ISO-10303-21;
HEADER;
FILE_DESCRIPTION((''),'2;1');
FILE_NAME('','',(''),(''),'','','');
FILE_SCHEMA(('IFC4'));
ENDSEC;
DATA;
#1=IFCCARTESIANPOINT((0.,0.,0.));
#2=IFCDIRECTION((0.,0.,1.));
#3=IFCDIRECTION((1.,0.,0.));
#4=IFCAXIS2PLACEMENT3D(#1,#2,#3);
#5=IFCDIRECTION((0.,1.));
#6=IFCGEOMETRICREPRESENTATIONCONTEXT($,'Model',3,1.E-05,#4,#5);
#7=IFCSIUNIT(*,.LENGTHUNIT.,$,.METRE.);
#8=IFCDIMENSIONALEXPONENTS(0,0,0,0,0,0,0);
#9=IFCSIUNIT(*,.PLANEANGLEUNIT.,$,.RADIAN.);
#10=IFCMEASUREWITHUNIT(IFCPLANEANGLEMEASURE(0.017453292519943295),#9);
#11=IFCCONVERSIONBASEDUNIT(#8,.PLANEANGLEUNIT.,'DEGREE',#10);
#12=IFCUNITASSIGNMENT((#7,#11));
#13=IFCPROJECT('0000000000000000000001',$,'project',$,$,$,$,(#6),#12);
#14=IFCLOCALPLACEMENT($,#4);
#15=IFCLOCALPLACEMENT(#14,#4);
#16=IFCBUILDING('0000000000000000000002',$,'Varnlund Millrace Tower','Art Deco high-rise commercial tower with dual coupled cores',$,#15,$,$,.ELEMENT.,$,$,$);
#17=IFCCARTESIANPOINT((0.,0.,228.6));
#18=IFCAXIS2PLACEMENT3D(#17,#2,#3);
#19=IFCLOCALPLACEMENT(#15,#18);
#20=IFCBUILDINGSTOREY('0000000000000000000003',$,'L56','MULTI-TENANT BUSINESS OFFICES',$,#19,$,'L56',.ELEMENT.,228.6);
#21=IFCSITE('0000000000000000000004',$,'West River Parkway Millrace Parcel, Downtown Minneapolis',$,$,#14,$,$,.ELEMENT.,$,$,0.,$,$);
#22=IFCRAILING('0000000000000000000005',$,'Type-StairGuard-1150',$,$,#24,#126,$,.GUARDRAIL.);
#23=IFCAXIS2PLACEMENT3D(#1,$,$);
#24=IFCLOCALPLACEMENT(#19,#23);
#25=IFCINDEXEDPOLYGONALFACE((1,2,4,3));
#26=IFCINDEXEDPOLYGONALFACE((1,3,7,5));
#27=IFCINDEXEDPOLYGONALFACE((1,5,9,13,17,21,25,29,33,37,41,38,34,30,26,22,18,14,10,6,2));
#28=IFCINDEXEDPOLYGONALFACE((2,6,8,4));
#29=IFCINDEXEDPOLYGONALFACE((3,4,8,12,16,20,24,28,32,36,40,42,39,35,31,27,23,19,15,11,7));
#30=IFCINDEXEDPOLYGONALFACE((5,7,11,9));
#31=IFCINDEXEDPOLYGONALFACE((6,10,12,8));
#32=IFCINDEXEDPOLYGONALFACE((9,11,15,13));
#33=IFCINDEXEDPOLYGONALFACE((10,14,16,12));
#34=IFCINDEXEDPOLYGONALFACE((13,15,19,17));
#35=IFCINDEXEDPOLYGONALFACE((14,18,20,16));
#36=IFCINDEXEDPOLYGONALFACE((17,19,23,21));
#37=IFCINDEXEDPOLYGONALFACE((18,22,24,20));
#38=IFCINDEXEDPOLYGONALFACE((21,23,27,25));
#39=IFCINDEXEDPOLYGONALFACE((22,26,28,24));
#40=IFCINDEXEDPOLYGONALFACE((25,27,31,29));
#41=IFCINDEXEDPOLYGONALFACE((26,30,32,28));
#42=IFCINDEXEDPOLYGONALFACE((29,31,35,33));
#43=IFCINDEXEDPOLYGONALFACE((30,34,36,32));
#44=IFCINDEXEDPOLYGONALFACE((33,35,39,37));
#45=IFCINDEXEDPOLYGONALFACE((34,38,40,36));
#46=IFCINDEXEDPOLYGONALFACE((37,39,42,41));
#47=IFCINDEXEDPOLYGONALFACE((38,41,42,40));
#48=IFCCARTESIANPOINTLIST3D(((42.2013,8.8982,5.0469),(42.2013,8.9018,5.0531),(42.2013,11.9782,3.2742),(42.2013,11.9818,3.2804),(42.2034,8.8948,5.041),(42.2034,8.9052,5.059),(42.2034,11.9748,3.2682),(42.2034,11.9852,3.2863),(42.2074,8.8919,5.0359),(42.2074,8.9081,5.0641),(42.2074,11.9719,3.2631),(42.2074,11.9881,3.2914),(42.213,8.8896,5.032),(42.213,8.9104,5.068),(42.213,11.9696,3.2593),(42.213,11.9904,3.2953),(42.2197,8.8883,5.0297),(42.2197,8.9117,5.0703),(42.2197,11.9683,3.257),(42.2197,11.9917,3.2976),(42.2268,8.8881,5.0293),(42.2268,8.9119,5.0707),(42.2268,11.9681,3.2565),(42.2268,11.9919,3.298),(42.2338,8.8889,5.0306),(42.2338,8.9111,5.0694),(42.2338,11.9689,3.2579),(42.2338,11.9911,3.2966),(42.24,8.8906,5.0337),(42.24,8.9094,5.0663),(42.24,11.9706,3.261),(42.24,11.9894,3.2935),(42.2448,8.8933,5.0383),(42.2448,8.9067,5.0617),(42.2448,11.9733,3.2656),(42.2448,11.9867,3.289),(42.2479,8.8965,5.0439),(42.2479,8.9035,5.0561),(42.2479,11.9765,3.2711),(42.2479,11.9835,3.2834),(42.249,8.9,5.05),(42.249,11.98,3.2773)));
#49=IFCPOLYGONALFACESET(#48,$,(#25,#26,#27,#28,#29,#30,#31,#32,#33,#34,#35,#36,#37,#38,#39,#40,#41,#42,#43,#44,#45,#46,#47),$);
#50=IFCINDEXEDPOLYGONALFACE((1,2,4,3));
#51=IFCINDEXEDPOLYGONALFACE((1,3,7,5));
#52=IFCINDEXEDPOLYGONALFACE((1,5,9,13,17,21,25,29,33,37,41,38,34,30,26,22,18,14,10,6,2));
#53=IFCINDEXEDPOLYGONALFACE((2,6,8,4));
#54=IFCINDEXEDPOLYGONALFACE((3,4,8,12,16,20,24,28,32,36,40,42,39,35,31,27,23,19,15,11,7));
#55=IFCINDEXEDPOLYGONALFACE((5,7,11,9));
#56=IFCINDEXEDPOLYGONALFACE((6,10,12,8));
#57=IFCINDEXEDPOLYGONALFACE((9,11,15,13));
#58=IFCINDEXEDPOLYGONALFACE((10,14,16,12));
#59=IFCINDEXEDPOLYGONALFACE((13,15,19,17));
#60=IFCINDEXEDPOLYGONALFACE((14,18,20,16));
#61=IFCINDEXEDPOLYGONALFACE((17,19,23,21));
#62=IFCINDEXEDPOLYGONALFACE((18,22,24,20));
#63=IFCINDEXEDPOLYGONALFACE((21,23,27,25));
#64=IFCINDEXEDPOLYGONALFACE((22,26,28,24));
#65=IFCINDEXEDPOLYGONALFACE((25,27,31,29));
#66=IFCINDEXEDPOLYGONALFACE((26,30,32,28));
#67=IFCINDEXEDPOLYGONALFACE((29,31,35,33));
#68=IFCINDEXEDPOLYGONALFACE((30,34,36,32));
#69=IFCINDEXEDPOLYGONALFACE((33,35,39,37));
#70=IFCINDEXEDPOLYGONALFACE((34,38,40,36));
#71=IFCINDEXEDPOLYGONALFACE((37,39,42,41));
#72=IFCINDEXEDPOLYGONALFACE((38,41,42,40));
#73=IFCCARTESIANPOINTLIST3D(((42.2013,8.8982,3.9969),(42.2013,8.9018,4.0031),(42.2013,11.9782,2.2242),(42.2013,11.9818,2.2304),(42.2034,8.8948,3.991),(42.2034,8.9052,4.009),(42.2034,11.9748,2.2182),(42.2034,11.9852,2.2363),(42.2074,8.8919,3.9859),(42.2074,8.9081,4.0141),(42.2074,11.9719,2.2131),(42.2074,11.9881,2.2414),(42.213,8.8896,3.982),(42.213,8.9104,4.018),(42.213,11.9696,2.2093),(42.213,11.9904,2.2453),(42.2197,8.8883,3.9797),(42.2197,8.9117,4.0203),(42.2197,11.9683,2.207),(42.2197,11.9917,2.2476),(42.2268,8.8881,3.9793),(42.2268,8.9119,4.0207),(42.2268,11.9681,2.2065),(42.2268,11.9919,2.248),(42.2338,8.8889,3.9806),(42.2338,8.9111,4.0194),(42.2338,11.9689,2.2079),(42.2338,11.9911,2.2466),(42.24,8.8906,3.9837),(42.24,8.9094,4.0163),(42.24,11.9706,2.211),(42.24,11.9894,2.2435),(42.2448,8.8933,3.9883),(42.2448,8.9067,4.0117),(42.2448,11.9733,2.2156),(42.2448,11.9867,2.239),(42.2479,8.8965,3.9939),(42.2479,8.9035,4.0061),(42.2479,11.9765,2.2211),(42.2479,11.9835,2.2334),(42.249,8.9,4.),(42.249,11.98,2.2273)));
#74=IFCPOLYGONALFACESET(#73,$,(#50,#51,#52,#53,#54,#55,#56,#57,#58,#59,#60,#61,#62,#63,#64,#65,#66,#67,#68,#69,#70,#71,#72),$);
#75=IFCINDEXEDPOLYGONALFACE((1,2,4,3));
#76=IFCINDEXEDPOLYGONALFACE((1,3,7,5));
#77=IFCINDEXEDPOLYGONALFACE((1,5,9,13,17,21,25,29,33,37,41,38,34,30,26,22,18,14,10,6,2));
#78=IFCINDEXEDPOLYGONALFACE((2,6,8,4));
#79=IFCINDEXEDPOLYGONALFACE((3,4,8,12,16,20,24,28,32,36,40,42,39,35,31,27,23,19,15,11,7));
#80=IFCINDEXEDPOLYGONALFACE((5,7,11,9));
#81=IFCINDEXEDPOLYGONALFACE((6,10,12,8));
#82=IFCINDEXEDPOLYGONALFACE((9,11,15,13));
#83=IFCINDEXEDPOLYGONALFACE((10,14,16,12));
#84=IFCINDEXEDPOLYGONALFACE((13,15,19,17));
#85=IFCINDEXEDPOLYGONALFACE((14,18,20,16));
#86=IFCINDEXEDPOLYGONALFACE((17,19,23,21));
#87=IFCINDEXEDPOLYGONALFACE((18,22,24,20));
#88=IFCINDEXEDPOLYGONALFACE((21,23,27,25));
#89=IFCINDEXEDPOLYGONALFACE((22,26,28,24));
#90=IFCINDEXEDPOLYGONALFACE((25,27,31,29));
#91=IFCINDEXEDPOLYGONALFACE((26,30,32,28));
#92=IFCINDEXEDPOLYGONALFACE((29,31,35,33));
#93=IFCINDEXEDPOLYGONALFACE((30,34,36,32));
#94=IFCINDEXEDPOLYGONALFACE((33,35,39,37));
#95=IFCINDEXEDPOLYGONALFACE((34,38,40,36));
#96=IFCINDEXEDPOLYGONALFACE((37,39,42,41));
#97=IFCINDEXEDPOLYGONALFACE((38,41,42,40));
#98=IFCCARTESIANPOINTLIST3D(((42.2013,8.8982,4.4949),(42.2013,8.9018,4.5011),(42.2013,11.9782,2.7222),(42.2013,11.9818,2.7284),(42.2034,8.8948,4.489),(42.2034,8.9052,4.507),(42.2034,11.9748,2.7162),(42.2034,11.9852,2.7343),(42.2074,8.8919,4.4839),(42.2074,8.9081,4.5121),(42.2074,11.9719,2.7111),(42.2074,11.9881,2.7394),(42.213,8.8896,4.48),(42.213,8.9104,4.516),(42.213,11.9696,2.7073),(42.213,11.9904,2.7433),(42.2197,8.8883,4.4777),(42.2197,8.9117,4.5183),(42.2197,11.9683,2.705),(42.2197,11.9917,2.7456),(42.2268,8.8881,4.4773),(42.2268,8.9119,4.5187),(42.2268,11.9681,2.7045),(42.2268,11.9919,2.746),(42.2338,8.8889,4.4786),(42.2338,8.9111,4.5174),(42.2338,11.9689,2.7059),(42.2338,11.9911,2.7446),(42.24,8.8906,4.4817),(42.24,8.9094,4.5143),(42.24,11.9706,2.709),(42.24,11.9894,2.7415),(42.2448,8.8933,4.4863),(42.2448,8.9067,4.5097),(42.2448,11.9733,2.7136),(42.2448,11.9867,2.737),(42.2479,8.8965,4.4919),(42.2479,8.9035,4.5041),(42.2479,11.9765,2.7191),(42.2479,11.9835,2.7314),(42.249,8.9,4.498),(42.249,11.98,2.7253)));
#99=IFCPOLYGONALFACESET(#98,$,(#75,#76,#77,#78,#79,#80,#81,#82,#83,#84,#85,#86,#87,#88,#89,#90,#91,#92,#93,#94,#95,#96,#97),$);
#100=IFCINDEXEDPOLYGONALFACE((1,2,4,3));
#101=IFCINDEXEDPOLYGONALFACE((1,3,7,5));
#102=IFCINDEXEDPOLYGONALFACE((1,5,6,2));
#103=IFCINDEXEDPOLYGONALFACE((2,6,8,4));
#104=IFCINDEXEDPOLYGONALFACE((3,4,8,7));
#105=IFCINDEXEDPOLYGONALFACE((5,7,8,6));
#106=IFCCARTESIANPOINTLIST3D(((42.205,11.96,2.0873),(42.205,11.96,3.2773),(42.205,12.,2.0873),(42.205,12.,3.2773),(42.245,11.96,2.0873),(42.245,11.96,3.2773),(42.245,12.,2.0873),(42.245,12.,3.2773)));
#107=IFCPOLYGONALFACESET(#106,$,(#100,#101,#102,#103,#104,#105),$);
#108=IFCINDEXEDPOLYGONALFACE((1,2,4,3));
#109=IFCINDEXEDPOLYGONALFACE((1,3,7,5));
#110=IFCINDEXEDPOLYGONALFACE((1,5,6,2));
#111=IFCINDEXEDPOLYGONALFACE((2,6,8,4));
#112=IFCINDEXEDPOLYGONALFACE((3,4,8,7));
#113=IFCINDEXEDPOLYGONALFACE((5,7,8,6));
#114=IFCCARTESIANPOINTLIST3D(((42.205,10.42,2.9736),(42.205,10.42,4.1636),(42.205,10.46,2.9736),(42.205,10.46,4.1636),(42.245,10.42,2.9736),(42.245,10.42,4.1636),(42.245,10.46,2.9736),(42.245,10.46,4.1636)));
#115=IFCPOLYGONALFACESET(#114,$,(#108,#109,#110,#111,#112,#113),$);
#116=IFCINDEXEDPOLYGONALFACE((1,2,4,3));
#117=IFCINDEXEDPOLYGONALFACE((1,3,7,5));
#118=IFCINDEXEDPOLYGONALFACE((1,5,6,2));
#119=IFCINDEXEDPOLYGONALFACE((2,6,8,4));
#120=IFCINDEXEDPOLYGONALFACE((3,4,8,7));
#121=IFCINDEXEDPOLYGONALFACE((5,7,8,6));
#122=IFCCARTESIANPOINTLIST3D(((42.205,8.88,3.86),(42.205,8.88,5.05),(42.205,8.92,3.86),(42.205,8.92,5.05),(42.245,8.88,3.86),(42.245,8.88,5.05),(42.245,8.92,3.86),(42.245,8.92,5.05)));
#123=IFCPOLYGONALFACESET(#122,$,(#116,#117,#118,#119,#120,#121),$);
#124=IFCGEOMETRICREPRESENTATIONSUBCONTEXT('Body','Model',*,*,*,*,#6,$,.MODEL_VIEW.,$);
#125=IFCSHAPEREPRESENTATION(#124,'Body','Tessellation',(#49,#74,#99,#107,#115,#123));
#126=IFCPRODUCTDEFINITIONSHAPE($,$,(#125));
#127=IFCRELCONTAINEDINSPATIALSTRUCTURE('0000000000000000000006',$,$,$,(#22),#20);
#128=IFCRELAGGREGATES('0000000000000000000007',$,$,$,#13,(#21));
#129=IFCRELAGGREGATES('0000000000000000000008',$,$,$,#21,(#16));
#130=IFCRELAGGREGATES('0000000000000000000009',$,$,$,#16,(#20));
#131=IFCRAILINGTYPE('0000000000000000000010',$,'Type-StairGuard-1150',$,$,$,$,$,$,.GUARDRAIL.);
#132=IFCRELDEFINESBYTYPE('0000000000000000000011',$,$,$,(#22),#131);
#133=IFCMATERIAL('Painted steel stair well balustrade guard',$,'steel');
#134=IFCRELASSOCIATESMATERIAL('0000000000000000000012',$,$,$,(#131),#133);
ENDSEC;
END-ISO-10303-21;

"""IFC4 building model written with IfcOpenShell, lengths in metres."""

from ifc_helpers import new_model, entity, si_unit, converted_unit, direction, frame, origin_with_axes, origin_2d_with_axis, place, context, subcontext, project, spatial, rectangle, circle, extrude, material, type_object, element, save


model = new_model("IFC4")

# Units and contexts
model_context = context("Model", 3, precision=1e-05, world=origin_with_axes(), true_north=direction((0.0, 1.0)))
body_context = subcontext(model_context, "Body", "Model", "MODEL_VIEW")
ifc_project = project(units=[si_unit("LENGTHUNIT", "METRE"), converted_unit("PLANEANGLEUNIT", "DEGREE", entity("IfcPlaneAngleMeasure", 0.017453292519943295), si_unit("PLANEANGLEUNIT", "RADIAN"), dimensions=[0, 0, 0, 0, 0, 0, 0])], contexts=[model_context])

# Site, building, storey
site_placement = place(None, origin_with_axes())
site = spatial("IfcSite", under=ifc_project, at=site_placement, Name="West River Parkway Millrace Parcel, Downtown Minneapolis", CompositionType="ELEMENT", RefElevation=0.0)
building_placement = place(site_placement, origin_with_axes())
building = spatial("IfcBuilding", under=site, at=building_placement, Name="Varnlund Millrace Tower", Description="Art Deco high-rise commercial tower with dual coupled cores", CompositionType="ELEMENT")
storey_placement = place(building_placement, frame((0.0, 0.0, 228.6), z_axis=(0.0, 0.0, 1.0), x_axis=(1.0, 0.0, 0.0)))
storey = spatial("IfcBuildingStorey", under=building, at=storey_placement, Name="L56", Description="MULTI-TENANT BUSINESS OFFICES", LongName="L56", CompositionType="ELEMENT", Elevation=228.6)

# Railing
ifc_material_1 = material(Name="Painted steel stair well balustrade guard", Category="steel")
railing_type_1 = type_object("IfcRailingType", Name="Type-StairGuard-1150", PredefinedType="GUARDRAIL", material=ifc_material_1)
railing_1_placement = place(storey_placement, frame((0.0, 0.0, -228.6), z_axis=(0.0, 0.0, 1.0), x_axis=(1.0, 0.0, 0.0)))
element("IfcRailing", 1, at=railing_1_placement, inside=storey, type_object=railing_type_1, Name="Type-StairGuard-1150", PredefinedType="GUARDRAIL", context=body_context, shape_type="SweptSolid", body=[
    extrude(circle(Radius=0.024, at=origin_2d_with_axis()), frame((42.225, 11.98, 231.8773), z_axis=(0.0, -0.866696, 0.498836), x_axis=(1.0, 0.0, 0.0)), (0.0, 0.0, 1.0), 3.5537),
    extrude(circle(Radius=0.024, at=origin_2d_with_axis()), frame((42.225, 11.98, 230.8273), z_axis=(0.0, -0.866696, 0.498836), x_axis=(1.0, 0.0, 0.0)), (0.0, 0.0, 1.0), 3.5537),
    extrude(circle(Radius=0.024, at=origin_2d_with_axis()), frame((42.225, 11.98, 231.3253), z_axis=(0.0, -0.866696, 0.498836), x_axis=(1.0, 0.0, 0.0)), (0.0, 0.0, 1.0), 3.5537),
    extrude(rectangle(XDim=0.04, YDim=0.04, at=origin_2d_with_axis()), frame((42.225, 11.98, 230.6873), z_axis=(0.0, 0.0, 1.0), x_axis=(1.0, 0.0, 0.0)), (0.0, 0.0, 1.0), 1.19),
    extrude(rectangle(XDim=0.04, YDim=0.04, at=origin_2d_with_axis()), frame((42.225, 10.44, 231.5736), z_axis=(0.0, 0.0, 1.0), x_axis=(1.0, 0.0, 0.0)), (0.0, 0.0, 1.0), 1.19),
    extrude(rectangle(XDim=0.04, YDim=0.04, at=origin_2d_with_axis()), frame((42.225, 8.9, 232.46), z_axis=(0.0, 0.0, 1.0), x_axis=(1.0, 0.0, 0.0)), (0.0, 0.0, 1.0), 1.19),
])

save(model, "model.ifc")
